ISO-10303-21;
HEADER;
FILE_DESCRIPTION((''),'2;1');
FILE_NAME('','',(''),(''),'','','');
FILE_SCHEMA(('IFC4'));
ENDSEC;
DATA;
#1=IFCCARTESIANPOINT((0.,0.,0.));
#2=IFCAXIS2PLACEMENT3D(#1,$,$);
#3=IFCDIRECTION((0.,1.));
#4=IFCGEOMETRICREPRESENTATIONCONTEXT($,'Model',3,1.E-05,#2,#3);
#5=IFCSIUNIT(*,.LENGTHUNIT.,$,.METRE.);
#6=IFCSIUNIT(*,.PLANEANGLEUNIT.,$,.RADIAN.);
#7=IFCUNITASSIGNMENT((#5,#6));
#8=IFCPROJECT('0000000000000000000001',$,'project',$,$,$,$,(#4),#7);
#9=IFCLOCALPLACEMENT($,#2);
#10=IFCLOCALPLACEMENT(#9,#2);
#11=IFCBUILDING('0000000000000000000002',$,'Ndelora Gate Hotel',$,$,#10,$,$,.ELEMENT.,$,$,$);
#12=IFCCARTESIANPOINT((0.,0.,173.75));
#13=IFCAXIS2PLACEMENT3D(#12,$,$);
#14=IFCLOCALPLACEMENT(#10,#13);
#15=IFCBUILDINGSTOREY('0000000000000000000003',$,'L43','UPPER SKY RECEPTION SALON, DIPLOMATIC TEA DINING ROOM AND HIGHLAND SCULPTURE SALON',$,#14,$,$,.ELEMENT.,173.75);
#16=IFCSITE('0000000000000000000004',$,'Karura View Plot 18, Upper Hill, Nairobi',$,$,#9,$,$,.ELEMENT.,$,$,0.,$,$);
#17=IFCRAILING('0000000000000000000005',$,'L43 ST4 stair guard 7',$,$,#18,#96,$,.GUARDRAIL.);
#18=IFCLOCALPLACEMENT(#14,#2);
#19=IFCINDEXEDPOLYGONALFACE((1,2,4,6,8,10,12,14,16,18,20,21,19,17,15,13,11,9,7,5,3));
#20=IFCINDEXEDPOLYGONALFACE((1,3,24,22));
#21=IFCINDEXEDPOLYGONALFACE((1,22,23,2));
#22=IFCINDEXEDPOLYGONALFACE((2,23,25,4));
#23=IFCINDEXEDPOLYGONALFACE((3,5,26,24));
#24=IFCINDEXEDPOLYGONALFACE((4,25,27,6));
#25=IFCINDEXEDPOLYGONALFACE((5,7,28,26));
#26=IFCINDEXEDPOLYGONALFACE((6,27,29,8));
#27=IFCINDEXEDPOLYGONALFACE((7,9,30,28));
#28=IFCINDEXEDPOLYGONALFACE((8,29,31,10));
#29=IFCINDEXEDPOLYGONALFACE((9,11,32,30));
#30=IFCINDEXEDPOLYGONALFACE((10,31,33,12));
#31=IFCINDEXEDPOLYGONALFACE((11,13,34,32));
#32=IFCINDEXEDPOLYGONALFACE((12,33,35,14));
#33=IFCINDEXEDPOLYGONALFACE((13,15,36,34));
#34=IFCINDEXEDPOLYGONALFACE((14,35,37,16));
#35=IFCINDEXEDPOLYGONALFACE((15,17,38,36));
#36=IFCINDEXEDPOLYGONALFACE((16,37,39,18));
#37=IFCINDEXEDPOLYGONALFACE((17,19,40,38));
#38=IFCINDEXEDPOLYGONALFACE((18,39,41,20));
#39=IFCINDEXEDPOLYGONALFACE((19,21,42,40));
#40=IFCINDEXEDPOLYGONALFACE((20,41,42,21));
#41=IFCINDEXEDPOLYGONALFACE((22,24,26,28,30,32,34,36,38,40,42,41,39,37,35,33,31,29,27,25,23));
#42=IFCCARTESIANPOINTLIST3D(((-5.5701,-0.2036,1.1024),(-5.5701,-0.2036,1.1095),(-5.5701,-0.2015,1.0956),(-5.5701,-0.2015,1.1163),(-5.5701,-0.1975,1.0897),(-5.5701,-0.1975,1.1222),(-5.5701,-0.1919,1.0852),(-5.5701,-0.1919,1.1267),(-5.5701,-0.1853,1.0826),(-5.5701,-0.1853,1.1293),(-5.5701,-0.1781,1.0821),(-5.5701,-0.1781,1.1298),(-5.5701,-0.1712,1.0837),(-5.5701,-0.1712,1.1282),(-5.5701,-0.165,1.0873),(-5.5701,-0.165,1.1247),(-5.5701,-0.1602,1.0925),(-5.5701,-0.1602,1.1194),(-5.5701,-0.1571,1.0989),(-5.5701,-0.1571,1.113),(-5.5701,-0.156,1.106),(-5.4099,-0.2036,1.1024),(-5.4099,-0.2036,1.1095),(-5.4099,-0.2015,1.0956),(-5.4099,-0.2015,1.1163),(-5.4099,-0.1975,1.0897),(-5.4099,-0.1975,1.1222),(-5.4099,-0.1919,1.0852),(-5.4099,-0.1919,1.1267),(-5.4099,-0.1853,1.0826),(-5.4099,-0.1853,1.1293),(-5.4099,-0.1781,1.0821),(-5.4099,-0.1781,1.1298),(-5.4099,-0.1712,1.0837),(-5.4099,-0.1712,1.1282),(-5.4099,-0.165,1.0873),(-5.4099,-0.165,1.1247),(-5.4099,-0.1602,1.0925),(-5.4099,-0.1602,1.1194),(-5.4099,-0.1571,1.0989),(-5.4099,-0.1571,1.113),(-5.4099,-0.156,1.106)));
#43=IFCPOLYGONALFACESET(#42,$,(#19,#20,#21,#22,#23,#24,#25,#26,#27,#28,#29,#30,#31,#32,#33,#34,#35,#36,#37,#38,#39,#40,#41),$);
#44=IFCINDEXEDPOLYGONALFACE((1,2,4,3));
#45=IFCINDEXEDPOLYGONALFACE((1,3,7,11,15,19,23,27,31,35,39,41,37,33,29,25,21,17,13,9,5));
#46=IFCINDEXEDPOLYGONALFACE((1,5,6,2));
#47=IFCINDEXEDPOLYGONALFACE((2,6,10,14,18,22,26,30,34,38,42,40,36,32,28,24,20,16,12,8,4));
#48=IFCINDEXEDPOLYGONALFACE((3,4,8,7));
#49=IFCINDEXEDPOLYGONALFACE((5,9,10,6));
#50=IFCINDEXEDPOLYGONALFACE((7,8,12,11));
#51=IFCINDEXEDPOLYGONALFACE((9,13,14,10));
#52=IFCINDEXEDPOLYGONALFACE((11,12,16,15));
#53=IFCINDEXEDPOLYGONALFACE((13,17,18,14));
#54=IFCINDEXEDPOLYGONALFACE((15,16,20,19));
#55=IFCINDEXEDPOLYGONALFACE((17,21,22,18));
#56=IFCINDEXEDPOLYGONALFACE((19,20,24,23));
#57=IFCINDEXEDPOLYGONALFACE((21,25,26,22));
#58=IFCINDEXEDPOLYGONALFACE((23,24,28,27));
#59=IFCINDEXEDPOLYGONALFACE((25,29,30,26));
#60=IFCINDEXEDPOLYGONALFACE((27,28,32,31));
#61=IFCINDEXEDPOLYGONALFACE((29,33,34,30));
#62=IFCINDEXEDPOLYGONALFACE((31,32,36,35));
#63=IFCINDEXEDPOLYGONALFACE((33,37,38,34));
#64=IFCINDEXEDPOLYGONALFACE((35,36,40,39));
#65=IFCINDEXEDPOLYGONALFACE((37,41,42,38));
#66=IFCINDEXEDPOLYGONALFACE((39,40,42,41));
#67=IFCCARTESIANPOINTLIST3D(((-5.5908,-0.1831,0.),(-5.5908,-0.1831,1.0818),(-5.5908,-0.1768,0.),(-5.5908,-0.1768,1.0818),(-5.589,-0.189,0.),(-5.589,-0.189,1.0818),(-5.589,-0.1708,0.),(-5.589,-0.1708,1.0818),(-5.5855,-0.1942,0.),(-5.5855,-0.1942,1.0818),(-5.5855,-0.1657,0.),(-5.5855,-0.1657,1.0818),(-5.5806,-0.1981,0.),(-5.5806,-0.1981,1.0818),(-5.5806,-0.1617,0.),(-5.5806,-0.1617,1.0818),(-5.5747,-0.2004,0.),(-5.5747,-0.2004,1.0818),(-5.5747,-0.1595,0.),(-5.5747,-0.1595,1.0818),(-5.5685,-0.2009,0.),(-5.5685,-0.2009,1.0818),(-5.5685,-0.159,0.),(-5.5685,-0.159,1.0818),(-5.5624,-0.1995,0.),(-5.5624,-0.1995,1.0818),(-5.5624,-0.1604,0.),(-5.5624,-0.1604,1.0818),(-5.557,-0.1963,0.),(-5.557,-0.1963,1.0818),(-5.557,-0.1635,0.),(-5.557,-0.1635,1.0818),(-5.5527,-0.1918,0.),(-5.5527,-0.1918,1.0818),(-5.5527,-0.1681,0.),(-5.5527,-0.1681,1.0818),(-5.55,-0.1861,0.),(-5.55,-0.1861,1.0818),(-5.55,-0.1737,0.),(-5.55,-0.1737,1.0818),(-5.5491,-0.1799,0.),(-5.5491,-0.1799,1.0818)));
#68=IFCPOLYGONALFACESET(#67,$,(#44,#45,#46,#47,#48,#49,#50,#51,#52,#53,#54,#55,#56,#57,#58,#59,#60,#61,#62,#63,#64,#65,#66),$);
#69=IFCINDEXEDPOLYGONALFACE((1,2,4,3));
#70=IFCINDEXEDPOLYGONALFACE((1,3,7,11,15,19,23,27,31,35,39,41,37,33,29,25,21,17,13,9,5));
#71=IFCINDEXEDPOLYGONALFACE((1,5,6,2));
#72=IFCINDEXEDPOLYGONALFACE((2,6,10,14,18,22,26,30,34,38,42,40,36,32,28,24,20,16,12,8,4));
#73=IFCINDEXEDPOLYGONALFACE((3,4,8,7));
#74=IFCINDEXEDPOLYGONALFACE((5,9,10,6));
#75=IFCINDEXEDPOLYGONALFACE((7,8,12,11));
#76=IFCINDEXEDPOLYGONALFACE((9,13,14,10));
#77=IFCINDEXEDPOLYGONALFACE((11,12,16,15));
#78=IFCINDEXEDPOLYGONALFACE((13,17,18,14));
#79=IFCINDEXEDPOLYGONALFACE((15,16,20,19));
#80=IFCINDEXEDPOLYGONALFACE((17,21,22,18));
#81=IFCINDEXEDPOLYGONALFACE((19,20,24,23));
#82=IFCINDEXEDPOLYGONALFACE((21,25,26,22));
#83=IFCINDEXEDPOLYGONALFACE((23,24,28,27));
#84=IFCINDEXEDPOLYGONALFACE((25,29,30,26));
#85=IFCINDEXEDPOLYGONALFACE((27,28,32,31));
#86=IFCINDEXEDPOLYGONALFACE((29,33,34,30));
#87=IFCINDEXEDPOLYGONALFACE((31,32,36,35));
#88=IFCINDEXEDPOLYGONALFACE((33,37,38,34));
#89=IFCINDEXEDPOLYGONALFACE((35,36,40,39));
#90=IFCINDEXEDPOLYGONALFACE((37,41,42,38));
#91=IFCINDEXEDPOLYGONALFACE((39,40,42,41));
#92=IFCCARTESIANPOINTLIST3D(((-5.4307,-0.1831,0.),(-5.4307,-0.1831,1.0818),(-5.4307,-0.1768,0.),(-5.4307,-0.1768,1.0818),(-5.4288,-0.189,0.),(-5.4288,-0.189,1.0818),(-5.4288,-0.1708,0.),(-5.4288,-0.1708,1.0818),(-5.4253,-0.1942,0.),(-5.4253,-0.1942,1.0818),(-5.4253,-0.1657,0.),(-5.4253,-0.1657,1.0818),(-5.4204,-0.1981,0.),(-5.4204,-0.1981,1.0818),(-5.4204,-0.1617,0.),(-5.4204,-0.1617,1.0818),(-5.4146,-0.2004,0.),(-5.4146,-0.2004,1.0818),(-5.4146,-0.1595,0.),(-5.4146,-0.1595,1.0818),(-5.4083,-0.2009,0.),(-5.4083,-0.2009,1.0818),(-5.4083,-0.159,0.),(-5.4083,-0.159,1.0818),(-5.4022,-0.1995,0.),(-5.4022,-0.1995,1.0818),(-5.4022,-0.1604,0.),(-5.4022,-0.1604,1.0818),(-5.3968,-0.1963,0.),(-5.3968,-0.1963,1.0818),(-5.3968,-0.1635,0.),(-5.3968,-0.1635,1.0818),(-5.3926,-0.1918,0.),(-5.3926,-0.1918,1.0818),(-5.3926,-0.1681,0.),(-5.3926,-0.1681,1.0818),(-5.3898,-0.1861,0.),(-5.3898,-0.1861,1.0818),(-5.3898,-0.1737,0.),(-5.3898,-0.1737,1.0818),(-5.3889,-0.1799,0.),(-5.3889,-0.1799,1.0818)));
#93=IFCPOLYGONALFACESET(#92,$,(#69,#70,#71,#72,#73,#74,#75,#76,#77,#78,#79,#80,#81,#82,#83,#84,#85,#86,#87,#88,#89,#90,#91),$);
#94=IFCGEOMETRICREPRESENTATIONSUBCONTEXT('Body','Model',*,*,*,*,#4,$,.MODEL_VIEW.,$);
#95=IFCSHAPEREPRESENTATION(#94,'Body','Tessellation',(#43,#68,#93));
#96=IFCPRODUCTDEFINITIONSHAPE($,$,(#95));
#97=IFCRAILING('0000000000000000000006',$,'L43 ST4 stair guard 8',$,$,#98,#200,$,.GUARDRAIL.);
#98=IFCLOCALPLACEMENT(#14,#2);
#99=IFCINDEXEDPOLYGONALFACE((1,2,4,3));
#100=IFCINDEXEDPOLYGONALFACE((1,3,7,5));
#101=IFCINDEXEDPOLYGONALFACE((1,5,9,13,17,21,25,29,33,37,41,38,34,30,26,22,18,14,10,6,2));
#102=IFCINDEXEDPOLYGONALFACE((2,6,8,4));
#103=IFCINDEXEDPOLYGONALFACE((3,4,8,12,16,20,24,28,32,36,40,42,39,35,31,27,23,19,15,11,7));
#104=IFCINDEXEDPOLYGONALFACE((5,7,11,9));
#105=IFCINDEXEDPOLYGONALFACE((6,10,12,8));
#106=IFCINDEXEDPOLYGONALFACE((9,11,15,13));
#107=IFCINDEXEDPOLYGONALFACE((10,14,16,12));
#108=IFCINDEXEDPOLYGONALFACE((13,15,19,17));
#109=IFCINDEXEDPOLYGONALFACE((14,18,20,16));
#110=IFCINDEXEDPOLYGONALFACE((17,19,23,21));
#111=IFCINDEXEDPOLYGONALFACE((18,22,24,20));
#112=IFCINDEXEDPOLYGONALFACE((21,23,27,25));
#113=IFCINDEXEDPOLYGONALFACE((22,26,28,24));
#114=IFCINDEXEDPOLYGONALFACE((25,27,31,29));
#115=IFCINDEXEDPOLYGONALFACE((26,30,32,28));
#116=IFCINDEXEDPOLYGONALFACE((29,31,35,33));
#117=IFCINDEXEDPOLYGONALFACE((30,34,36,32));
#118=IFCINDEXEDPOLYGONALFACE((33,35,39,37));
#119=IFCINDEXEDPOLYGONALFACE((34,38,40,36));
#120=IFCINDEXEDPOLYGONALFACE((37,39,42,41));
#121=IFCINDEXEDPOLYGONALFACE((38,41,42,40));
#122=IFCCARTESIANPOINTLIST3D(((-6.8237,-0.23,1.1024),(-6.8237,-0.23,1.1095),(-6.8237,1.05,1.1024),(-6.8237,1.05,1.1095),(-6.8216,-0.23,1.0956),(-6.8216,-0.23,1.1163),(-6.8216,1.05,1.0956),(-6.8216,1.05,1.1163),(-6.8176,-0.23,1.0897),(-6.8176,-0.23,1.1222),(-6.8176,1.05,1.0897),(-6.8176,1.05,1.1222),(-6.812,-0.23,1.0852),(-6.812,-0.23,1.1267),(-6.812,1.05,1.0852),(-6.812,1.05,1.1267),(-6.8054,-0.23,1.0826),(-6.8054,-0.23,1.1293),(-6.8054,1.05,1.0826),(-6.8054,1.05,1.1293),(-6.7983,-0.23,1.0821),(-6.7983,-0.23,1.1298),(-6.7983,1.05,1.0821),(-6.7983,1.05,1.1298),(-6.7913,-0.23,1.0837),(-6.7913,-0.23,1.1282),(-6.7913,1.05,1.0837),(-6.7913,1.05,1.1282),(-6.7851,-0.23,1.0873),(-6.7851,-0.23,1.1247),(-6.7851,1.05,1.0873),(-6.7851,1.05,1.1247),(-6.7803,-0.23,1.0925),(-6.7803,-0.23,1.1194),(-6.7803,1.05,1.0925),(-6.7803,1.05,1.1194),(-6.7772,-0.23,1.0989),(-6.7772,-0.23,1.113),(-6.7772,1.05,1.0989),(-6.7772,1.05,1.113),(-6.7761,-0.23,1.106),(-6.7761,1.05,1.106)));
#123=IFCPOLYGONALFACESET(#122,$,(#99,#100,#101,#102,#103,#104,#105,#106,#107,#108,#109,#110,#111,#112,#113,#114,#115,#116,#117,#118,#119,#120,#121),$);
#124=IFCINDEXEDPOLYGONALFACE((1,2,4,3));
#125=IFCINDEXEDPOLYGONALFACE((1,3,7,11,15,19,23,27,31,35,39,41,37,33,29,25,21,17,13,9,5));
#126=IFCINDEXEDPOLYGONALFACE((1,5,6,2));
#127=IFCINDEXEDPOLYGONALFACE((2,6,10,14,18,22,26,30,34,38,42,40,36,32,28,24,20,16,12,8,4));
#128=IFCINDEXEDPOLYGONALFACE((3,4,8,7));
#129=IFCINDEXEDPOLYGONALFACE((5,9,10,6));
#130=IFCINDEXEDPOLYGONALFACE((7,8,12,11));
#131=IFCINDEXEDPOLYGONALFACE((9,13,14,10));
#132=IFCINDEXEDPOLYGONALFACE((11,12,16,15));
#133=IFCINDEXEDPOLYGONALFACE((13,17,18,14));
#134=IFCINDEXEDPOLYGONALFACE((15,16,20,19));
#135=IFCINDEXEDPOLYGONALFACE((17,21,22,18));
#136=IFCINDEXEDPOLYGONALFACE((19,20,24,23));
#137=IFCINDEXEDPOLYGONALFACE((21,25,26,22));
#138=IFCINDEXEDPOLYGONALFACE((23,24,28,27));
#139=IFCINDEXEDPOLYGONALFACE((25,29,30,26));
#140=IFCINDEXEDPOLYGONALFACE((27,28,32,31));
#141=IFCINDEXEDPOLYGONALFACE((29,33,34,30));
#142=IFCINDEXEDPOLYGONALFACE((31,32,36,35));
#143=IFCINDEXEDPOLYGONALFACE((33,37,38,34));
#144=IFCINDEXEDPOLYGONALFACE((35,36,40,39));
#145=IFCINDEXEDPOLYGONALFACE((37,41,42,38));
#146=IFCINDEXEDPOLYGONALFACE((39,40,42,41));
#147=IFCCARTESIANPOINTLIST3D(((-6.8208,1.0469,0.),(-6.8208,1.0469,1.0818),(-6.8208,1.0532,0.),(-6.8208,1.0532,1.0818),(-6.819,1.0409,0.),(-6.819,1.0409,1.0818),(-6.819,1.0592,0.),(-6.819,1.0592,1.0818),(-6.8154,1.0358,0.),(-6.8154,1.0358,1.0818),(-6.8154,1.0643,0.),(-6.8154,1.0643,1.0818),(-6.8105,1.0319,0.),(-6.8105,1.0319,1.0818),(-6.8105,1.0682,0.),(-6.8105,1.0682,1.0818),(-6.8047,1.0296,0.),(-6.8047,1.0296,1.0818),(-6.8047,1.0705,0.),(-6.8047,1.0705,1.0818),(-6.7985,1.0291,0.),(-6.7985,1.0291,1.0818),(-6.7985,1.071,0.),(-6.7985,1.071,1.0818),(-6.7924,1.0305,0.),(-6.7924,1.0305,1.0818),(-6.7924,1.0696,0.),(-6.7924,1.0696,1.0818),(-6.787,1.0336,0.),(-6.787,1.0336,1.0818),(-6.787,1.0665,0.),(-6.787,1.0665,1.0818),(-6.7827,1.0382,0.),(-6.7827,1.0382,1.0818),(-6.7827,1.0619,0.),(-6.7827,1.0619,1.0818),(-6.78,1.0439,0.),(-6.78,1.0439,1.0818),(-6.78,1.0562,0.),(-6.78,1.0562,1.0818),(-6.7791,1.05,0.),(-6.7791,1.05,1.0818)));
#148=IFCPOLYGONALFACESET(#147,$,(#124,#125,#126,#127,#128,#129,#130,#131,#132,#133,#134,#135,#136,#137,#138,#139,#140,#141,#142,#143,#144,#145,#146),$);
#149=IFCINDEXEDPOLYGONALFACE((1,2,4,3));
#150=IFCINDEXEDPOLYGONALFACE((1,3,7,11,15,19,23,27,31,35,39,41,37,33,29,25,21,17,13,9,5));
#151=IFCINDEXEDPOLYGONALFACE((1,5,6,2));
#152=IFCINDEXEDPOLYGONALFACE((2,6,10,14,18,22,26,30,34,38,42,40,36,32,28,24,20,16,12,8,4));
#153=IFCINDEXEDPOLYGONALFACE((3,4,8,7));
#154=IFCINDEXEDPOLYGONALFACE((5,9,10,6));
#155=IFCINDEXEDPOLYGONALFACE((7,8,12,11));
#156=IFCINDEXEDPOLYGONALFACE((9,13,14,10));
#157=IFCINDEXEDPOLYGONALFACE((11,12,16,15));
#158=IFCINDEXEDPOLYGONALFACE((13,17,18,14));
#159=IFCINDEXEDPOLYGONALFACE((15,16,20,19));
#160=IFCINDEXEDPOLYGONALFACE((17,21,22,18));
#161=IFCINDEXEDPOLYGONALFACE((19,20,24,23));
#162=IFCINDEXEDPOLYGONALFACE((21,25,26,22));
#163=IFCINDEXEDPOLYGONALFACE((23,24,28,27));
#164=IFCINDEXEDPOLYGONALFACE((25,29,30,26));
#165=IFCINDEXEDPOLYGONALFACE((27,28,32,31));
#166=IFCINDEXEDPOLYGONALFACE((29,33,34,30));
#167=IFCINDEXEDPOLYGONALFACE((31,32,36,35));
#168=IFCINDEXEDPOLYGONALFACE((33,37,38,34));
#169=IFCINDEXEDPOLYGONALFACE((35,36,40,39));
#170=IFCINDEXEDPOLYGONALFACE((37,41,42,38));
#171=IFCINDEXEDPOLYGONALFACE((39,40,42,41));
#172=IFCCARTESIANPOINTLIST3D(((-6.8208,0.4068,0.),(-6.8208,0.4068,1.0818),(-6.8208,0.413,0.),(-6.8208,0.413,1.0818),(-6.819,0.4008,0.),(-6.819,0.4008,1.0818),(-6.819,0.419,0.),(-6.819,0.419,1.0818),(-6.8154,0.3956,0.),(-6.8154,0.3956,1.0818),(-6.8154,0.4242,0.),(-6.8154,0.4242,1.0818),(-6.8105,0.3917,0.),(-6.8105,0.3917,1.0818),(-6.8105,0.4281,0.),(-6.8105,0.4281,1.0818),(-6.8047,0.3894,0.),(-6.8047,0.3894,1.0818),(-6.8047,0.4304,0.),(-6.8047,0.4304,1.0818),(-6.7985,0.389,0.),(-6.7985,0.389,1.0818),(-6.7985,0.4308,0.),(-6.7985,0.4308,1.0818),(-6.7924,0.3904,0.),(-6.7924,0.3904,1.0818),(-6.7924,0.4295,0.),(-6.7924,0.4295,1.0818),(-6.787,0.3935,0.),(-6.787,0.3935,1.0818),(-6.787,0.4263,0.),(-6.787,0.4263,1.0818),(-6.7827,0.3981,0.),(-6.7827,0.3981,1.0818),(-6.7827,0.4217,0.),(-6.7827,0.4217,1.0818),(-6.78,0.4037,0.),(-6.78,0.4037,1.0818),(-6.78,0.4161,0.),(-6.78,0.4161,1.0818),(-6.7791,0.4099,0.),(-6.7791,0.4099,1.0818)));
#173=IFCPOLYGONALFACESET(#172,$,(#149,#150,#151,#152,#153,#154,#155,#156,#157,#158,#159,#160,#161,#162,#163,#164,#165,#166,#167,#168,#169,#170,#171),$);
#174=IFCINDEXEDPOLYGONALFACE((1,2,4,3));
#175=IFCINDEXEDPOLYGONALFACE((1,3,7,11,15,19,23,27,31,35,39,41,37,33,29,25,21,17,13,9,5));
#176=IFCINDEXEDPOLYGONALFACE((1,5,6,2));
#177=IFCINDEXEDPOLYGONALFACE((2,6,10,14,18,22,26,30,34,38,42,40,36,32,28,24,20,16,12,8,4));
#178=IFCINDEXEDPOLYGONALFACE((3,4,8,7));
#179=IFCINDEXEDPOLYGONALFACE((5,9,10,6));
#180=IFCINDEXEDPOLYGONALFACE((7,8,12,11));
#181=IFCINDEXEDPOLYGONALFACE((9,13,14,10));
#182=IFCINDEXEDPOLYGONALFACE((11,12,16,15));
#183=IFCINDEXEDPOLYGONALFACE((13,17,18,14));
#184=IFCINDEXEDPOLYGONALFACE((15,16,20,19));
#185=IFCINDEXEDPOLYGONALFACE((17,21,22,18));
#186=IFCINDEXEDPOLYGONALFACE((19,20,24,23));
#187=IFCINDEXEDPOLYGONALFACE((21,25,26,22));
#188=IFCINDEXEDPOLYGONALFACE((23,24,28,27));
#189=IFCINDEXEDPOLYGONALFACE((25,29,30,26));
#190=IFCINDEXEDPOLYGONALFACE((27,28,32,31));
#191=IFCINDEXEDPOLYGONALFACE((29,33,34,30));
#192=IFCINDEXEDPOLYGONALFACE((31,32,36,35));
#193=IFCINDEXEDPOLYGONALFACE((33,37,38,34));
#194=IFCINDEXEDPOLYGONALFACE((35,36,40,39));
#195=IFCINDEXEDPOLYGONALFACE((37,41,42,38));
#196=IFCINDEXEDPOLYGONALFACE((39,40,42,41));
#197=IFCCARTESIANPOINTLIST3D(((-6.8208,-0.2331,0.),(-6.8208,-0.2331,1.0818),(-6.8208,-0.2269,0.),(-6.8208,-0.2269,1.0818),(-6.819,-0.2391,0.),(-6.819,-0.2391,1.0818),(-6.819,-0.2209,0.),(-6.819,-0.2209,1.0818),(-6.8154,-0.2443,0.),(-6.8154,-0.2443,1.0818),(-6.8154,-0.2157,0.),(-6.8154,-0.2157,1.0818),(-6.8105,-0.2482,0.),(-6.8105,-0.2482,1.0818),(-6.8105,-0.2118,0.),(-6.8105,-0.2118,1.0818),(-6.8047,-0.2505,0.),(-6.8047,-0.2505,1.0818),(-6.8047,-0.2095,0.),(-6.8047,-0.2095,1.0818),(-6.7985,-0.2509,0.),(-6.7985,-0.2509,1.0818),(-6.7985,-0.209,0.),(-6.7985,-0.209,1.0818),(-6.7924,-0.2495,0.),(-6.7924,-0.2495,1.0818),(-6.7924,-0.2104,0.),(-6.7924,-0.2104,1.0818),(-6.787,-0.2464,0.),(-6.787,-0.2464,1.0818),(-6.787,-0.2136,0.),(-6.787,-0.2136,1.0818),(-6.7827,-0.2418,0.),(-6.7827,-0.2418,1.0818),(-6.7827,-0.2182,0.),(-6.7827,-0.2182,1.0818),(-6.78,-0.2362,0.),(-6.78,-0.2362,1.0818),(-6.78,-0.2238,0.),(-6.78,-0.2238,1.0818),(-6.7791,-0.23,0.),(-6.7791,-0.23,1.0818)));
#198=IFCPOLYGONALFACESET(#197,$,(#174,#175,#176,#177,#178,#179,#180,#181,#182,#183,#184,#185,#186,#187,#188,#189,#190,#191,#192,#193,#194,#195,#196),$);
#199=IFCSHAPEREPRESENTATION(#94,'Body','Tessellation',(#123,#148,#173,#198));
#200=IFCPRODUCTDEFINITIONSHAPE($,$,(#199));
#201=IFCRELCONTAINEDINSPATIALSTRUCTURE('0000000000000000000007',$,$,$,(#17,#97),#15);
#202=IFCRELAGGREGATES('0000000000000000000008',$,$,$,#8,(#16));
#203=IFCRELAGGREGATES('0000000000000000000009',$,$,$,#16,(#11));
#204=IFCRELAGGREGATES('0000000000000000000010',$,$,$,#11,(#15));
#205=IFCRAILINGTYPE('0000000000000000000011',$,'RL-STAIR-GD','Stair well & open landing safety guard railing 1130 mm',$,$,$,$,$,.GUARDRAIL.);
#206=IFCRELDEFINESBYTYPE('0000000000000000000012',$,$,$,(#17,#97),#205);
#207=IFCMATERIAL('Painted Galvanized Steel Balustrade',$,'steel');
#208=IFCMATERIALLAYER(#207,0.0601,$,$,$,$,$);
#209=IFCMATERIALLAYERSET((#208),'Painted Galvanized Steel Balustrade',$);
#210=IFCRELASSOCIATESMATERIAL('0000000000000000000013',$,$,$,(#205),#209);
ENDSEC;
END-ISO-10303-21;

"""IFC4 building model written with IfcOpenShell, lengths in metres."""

from ifc_helpers import new_model, si_unit, direction, frame, origin, origin_2d, place, context, subcontext, project, spatial, circle, extrude, material, layer, layer_set, type_object, element, save


model = new_model("IFC4")

# Units and contexts
model_context = context("Model", 3, precision=1e-05, world=origin(), true_north=direction((0.0, 1.0)))
body_context = subcontext(model_context, "Body", "Model", "MODEL_VIEW")
ifc_project = project(units=[si_unit("LENGTHUNIT", "METRE"), si_unit("PLANEANGLEUNIT", "RADIAN")], contexts=[model_context])

# Site, building, storey
site_placement = place(None, origin())
site = spatial("IfcSite", under=ifc_project, at=site_placement, Name="Karura View Plot 18, Upper Hill, Nairobi", CompositionType="ELEMENT", RefElevation=0.0)
building_placement = place(site_placement, origin())
building = spatial("IfcBuilding", under=site, at=building_placement, Name="Ndelora Gate Hotel", CompositionType="ELEMENT")
storey_placement = place(building_placement, frame((0.0, 0.0, 173.75)))
storey = spatial("IfcBuildingStorey", under=building, at=storey_placement, Name="L43", Description="UPPER SKY RECEPTION SALON, DIPLOMATIC TEA DINING ROOM AND HIGHLAND SCULPTURE SALON", CompositionType="ELEMENT", Elevation=173.75)

# Railings
ifc_material_1 = material(Name="Painted Galvanized Steel Balustrade", Category="steel")
ifc_layer_1 = layer(ifc_material_1, 0.0601)
ifc_layer_set_1 = layer_set([ifc_layer_1], Name="Painted Galvanized Steel Balustrade")
railing_type_1 = type_object("IfcRailingType", Name="RL-STAIR-GD", Description="Stair well & open landing safety guard railing 1130 mm", PredefinedType="GUARDRAIL", material=ifc_layer_set_1)
railing_1_placement = place(storey_placement, frame((-5.5701, -0.1799, 0.0)))
element("IfcRailing", 1, at=railing_1_placement, inside=storey, type_object=railing_type_1, Name="L43 ST4 stair guard 7", PredefinedType="GUARDRAIL", context=body_context, shape_type="SweptSolid", body=[
    extrude(circle(Radius=0.0239, at=origin_2d()), frame((0.0, 0.0, 1.106), z_axis=(1.0, 0.0, 0.0), x_axis=(0.0, 1.0, 0.0)), (0.0, 0.0, 1.0), 0.1602),
    extrude(circle(Radius=0.021, at=origin_2d()), origin(), (0.0, 0.0, 1.0), 1.0818),
    extrude(circle(Radius=0.021, at=origin_2d()), frame((0.1602, 0.0, 0.0)), (0.0, 0.0, 1.0), 1.0818),
])
for number, where, name in (
    (2, (-6.8, 1.05, 0.0), "L43 ST4 stair guard 8"),
):
    element("IfcRailing", number, at=place(storey_placement, frame(where)), inside=storey, type_object=railing_type_1, Name=name, PredefinedType="GUARDRAIL", context=body_context, shape_type="SweptSolid", body=[
        extrude(circle(Radius=0.0239, at=origin_2d()), frame((0.0, 0.0, 1.106), z_axis=(0.0, -1.0, 0.0), x_axis=(1.0, 0.0, 0.0)), (0.0, 0.0, 1.0), 1.28),
        extrude(circle(Radius=0.021, at=origin_2d()), origin(), (0.0, 0.0, 1.0), 1.0818),
        extrude(circle(Radius=0.021, at=origin_2d()), frame((0.0, -0.6401, 0.0)), (0.0, 0.0, 1.0), 1.0818),
        extrude(circle(Radius=0.021, at=origin_2d()), frame((0.0, -1.28, 0.0)), (0.0, 0.0, 1.0), 1.0818),
    ])

save(model, "model.ifc")
